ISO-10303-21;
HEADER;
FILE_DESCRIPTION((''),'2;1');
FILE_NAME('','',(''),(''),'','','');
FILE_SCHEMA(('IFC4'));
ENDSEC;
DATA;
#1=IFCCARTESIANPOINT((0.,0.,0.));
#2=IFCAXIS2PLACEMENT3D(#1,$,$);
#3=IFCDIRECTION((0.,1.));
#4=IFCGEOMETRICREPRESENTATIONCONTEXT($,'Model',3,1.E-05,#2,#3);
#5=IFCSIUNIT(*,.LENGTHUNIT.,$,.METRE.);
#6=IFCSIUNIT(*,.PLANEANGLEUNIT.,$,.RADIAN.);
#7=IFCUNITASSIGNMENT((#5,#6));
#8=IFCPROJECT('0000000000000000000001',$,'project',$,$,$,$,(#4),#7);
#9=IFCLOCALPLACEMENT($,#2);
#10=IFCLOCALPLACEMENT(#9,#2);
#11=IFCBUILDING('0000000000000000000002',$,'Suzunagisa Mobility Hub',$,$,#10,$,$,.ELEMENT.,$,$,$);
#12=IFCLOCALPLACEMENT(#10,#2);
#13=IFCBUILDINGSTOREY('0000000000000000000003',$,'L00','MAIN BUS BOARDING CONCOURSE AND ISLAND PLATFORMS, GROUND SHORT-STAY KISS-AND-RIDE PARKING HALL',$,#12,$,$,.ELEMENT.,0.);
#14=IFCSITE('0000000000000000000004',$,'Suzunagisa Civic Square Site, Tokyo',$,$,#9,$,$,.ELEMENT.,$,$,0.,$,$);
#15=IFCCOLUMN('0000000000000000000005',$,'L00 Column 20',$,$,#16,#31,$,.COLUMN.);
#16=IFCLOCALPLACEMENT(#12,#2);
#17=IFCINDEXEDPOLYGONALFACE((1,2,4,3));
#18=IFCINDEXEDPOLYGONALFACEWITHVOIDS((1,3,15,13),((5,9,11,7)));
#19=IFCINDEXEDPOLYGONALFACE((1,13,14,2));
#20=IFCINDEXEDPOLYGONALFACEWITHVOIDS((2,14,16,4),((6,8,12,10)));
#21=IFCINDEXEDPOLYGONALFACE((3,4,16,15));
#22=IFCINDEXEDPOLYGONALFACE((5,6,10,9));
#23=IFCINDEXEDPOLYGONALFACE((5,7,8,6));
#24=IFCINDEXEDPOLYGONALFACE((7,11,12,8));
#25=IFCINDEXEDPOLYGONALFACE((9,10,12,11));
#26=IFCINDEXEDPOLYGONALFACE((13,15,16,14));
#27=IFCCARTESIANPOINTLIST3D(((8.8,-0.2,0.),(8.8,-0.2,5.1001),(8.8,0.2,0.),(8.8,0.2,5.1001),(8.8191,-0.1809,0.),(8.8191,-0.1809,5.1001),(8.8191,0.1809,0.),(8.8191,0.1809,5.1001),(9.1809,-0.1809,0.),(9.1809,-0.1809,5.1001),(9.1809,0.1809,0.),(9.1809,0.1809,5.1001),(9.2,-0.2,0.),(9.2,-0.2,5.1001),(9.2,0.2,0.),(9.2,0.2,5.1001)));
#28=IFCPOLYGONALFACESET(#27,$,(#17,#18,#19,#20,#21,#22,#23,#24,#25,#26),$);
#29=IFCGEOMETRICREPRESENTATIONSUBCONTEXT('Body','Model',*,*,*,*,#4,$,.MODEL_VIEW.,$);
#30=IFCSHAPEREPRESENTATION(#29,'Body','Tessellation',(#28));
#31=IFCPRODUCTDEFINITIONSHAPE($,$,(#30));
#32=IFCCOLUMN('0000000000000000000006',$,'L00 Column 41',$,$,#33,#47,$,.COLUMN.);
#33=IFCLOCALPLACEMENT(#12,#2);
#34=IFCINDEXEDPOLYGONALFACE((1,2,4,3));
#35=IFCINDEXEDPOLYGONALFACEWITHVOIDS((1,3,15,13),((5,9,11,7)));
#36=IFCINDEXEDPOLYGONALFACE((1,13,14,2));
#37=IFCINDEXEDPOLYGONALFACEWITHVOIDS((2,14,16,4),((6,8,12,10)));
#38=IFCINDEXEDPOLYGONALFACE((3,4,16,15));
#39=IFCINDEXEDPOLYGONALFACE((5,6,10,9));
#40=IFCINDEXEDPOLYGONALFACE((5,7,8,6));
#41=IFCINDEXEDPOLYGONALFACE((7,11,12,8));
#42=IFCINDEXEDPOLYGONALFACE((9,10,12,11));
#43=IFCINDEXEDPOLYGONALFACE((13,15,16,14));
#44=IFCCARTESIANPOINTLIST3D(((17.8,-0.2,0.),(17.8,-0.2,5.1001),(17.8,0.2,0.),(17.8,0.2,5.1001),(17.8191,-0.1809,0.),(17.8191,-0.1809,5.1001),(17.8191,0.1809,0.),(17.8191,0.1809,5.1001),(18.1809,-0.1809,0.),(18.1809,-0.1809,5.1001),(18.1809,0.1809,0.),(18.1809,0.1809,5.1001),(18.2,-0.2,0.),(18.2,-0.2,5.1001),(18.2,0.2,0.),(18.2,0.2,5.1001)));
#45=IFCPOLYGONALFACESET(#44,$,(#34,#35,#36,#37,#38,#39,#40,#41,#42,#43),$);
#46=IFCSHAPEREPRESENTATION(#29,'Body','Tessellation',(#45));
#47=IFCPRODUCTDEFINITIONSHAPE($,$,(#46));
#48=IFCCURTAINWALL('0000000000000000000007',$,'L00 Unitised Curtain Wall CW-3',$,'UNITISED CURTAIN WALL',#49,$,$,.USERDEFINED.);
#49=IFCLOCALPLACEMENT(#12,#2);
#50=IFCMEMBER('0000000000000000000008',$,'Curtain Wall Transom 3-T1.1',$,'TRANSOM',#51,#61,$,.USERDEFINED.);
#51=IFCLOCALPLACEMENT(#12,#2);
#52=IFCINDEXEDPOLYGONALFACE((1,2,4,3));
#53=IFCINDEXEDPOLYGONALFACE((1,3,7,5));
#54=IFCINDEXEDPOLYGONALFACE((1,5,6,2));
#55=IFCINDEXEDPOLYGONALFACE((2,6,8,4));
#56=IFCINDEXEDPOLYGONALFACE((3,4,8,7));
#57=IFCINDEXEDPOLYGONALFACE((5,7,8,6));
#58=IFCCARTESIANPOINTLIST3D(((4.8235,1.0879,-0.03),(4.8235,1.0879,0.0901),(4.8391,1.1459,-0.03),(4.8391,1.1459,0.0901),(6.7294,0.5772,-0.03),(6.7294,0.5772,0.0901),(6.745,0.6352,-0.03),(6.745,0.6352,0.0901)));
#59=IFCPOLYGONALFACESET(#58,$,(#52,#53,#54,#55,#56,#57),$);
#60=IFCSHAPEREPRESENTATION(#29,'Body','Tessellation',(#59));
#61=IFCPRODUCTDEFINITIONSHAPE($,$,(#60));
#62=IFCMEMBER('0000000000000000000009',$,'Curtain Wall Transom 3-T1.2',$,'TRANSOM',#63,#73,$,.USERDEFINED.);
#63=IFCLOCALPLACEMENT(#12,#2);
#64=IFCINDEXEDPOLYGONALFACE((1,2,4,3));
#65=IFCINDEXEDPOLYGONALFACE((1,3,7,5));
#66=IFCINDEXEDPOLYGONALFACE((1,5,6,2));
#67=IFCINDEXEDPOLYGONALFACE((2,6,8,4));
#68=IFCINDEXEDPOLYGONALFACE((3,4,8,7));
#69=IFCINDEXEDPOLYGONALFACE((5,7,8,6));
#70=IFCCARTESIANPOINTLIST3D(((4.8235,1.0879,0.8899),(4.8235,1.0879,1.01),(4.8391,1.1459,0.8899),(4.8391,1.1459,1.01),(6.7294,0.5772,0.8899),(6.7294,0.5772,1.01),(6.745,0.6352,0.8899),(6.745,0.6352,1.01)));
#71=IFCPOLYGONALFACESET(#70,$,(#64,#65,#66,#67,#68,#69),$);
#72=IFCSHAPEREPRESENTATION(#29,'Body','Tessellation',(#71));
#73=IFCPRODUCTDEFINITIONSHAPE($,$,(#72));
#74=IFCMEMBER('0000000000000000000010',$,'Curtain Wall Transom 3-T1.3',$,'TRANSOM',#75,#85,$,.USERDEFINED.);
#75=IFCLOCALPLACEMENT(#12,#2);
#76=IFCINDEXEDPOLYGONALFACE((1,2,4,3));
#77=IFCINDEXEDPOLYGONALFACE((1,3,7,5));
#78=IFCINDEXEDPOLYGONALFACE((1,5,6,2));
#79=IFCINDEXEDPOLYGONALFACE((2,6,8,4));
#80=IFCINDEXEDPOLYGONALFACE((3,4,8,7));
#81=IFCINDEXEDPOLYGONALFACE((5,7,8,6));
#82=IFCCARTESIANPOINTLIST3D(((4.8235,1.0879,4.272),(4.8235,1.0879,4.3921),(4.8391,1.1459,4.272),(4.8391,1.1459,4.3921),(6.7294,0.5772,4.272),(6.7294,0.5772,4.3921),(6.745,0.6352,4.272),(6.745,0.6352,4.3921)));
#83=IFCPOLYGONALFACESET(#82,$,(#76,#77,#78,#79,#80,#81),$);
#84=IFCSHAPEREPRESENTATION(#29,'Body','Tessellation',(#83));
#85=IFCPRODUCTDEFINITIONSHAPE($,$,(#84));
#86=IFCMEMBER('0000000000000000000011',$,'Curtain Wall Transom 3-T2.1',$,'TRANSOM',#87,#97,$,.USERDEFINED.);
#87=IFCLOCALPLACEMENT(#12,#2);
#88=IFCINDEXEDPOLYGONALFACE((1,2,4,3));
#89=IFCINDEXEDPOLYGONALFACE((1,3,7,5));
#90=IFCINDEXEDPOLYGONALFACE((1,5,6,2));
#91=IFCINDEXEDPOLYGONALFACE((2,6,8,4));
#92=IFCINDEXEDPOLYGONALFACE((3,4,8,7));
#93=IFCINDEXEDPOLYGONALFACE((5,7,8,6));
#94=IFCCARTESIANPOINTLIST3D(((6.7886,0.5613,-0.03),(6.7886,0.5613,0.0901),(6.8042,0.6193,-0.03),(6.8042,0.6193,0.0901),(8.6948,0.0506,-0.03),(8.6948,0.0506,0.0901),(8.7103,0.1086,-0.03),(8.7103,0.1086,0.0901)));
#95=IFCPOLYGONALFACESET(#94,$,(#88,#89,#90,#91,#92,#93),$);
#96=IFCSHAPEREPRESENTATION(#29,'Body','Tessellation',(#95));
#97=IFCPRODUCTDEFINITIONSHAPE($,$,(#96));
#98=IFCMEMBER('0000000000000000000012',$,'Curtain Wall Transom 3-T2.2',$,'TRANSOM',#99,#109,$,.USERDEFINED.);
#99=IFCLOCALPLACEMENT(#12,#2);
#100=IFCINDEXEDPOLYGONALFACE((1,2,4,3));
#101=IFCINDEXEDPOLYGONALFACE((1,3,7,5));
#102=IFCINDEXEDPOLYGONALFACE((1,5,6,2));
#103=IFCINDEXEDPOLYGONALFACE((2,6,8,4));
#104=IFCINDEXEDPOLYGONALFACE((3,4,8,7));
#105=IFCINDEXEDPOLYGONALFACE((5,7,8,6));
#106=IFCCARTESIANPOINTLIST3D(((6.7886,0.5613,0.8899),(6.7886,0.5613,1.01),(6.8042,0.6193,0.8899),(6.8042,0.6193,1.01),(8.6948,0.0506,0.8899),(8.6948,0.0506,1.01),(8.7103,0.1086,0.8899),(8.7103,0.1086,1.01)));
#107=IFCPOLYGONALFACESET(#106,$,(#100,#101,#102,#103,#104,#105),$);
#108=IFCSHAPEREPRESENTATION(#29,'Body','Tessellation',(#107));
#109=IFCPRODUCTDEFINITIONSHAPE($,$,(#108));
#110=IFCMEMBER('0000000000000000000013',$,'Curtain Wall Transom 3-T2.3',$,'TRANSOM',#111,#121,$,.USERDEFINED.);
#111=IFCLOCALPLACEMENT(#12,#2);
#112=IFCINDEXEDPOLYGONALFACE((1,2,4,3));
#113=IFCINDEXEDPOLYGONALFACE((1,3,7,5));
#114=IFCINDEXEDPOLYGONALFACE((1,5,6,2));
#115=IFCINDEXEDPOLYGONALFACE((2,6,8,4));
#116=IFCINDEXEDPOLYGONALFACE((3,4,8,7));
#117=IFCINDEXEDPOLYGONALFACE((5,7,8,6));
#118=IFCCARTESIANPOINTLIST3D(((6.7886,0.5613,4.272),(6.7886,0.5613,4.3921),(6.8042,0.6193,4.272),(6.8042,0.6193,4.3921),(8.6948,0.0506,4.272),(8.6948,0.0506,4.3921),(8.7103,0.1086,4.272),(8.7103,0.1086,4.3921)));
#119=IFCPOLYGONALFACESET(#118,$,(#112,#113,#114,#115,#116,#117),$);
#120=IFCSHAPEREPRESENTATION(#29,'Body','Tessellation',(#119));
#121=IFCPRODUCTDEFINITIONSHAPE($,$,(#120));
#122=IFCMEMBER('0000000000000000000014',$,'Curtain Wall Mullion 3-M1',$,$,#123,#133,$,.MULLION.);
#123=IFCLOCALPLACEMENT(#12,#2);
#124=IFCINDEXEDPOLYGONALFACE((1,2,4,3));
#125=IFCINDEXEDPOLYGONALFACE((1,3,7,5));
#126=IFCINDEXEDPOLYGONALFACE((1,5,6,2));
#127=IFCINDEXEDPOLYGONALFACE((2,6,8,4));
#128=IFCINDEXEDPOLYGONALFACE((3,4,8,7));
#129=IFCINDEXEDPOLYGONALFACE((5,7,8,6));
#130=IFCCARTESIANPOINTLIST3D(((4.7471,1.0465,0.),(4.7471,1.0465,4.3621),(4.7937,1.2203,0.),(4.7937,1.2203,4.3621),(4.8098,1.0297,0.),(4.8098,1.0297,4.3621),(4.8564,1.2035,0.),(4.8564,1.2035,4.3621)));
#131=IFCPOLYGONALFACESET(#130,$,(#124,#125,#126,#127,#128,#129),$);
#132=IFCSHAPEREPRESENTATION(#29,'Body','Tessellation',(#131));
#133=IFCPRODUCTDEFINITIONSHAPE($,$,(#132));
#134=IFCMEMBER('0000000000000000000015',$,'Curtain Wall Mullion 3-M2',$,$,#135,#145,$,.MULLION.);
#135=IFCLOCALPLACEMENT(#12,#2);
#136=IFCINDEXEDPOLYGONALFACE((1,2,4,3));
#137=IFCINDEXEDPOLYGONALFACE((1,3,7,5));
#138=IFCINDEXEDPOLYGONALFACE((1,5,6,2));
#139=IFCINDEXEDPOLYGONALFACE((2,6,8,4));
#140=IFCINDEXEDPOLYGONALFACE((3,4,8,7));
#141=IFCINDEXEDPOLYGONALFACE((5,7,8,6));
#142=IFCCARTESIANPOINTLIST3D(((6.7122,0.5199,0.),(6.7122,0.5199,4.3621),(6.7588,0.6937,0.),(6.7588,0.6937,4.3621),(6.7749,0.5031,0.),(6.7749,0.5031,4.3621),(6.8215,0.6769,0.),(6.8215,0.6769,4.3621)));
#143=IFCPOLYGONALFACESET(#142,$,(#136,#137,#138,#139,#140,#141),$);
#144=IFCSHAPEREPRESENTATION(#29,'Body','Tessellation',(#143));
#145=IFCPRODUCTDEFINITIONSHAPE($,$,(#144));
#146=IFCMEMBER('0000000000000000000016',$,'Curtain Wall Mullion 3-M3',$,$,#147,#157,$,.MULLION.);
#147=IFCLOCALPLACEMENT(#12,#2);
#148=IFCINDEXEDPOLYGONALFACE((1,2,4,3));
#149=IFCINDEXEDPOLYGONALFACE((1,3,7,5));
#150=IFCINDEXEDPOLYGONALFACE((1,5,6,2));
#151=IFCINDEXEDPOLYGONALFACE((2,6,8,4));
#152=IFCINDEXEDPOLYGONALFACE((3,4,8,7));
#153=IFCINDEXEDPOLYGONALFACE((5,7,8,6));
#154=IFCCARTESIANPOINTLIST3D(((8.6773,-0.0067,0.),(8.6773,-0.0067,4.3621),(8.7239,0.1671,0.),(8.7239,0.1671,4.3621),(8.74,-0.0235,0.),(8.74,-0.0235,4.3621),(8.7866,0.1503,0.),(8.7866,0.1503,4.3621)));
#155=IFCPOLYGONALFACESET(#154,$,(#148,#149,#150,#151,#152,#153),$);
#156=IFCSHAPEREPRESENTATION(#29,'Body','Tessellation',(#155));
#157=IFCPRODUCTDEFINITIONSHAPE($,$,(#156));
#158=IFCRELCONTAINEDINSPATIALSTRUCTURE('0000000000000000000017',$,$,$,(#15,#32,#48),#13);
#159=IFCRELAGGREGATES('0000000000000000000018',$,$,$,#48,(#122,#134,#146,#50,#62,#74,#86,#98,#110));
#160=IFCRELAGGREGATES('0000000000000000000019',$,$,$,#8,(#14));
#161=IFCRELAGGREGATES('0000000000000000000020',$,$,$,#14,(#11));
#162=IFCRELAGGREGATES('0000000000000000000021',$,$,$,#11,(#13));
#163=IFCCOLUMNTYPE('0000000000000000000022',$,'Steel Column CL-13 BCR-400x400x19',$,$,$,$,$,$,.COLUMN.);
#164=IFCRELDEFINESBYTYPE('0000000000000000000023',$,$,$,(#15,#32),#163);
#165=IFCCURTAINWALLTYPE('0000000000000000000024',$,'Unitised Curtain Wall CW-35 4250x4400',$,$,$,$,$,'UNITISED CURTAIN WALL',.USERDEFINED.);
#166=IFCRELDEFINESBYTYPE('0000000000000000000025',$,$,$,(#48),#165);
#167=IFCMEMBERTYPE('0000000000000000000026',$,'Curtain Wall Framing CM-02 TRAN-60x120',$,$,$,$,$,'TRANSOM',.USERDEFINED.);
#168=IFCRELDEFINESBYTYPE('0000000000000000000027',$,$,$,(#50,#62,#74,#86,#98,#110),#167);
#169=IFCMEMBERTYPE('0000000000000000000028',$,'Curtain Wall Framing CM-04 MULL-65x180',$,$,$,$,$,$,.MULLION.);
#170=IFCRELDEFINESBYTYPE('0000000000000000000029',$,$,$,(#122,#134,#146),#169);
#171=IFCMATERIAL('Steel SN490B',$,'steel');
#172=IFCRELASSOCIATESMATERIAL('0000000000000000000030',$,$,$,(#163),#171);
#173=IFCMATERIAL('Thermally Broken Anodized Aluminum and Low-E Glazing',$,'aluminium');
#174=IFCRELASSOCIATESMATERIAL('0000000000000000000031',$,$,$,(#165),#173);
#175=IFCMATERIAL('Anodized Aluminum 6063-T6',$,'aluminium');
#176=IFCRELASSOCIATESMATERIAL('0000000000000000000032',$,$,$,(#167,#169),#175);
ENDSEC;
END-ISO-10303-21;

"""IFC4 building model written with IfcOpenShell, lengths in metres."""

from ifc_helpers import new_model, si_unit, direction, frame, origin, origin_2d, place, context, subcontext, project, spatial, rectangle, hollow_rectangle, extrude, material, material_profile, profile_set, type_object, element, aggregate, save


model = new_model("IFC4")

# Units and contexts
model_context = context("Model", 3, precision=1e-05, world=origin(), true_north=direction((0.0, 1.0)))
body_context = subcontext(model_context, "Body", "Model", "MODEL_VIEW")
ifc_project = project(units=[si_unit("LENGTHUNIT", "METRE"), si_unit("PLANEANGLEUNIT", "RADIAN")], contexts=[model_context])

# Site, building, storey
site_placement = place(None, origin())
site = spatial("IfcSite", under=ifc_project, at=site_placement, Name="Suzunagisa Civic Square Site, Tokyo", CompositionType="ELEMENT", RefElevation=0.0)
building_placement = place(site_placement, origin())
building = spatial("IfcBuilding", under=site, at=building_placement, Name="Suzunagisa Mobility Hub", CompositionType="ELEMENT")
storey_placement = place(building_placement, origin())
storey = spatial("IfcBuildingStorey", under=building, at=storey_placement, Name="L00", Description="MAIN BUS BOARDING CONCOURSE AND ISLAND PLATFORMS, GROUND SHORT-STAY KISS-AND-RIDE PARKING HALL", CompositionType="ELEMENT", Elevation=0.0)

# Columns
ifc_material_1 = material(Name="Steel SN490B", Category="steel")
ifc_material_profile_1 = material_profile(ifc_material_1, hollow_rectangle(XDim=0.3999, YDim=0.3999, WallThickness=0.019, at=origin_2d()), Name="BCR-400x400x19")
ifc_profile_set_1 = profile_set([ifc_material_profile_1], Name="Steel SN490B")
column_type = type_object("IfcColumnType", Name="Steel Column CL-13 BCR-400x400x19", PredefinedType="COLUMN", material=ifc_profile_set_1)
for number, where, z_axis, x_axis, name in (
    (1, (9.0, 0.0, 0.0), (0.0, 0.0, 1.0), (1.0, 0.0, 0.0), "L00 Column 20"),
    (2, (18.0, 0.0, 0.0), (0.0, 0.0, 1.0), (1.0, 0.0, 0.0), "L00 Column 41"),
):
    element("IfcColumn", number, at=place(storey_placement, frame(where, z_axis=z_axis, x_axis=x_axis)), inside=storey, type_object=column_type, Name=name, PredefinedType="COLUMN", context=body_context, shape_type="SweptSolid", body=[
        extrude(hollow_rectangle(XDim=0.3999, YDim=0.3999, WallThickness=0.019, at=origin_2d()), origin(), (0.0, 0.0, 1.0), 5.1001),
    ])

# Curtain wall, members
ifc_material_2 = material(Name="Thermally Broken Anodized Aluminum and Low-E Glazing", Category="aluminium")
curtain_wall_type = type_object("IfcCurtainWallType", Name="Unitised Curtain Wall CW-35 4250x4400", ElementType="UNITISED CURTAIN WALL", PredefinedType="USERDEFINED", material=ifc_material_2)
curtain_wall_placement = place(storey_placement, origin())
curtain_wall = element("IfcCurtainWall", 3, at=curtain_wall_placement, inside=storey, type_object=curtain_wall_type, Name="L00 Unitised Curtain Wall CW-3", ObjectType="UNITISED CURTAIN WALL", PredefinedType="USERDEFINED")
ifc_material_3 = material(Name="Anodized Aluminum 6063-T6", Category="aluminium")
ifc_material_profile_2 = material_profile(ifc_material_3, rectangle(XDim=0.0601, YDim=0.1201, at=origin_2d()), Name="TRAN-60x120")
ifc_profile_set_2 = profile_set([ifc_material_profile_2], Name="Anodized Aluminum 6063-T6")
member_type_1 = type_object("IfcMemberType", Name="Curtain Wall Framing CM-02 TRAN-60x120", ElementType="TRANSOM", PredefinedType="USERDEFINED", material=ifc_profile_set_2)
member_1_placement = place(storey_placement, frame((4.8313, 1.1169, 0.03), z_axis=(0.965922, -0.258833, 0.0), x_axis=(0.258833, 0.965922, 0.0)))
member_1 = element("IfcMember", 4, at=member_1_placement, type_object=member_type_1, Name="Curtain Wall Transom 3-T1.1", ObjectType="TRANSOM", PredefinedType="USERDEFINED", context=body_context, shape_type="SweptSolid", body=[
    extrude(rectangle(XDim=0.0601, YDim=0.1201, at=origin_2d()), origin(), (0.0, 0.0, 1.0), 1.9731),
])
member_2_placement = place(storey_placement, frame((4.8313, 1.1169, 0.95), z_axis=(0.965922, -0.258833, 0.0), x_axis=(0.258833, 0.965922, 0.0)))
member_2 = element("IfcMember", 5, at=member_2_placement, type_object=member_type_1, Name="Curtain Wall Transom 3-T1.2", ObjectType="TRANSOM", PredefinedType="USERDEFINED", context=body_context, shape_type="SweptSolid", body=[
    extrude(rectangle(XDim=0.0601, YDim=0.1201, at=origin_2d()), origin(), (0.0, 0.0, 1.0), 1.9731),
])
member_3_placement = place(storey_placement, frame((4.8313, 1.1169, 4.332), z_axis=(0.965922, -0.258833, 0.0), x_axis=(0.258833, 0.965922, 0.0)))
member_3 = element("IfcMember", 6, at=member_3_placement, type_object=member_type_1, Name="Curtain Wall Transom 3-T1.3", ObjectType="TRANSOM", PredefinedType="USERDEFINED", context=body_context, shape_type="SweptSolid", body=[
    extrude(rectangle(XDim=0.0601, YDim=0.1201, at=origin_2d()), origin(), (0.0, 0.0, 1.0), 1.9731),
])
member_4_placement = place(storey_placement, frame((6.7964, 0.5903, 0.03), z_axis=(0.96593, -0.258802, 0.0), x_axis=(0.258802, 0.96593, 0.0)))
member_4 = element("IfcMember", 7, at=member_4_placement, type_object=member_type_1, Name="Curtain Wall Transom 3-T2.1", ObjectType="TRANSOM", PredefinedType="USERDEFINED", context=body_context, shape_type="SweptSolid", body=[
    extrude(rectangle(XDim=0.0601, YDim=0.1201, at=origin_2d()), origin(), (0.0, 0.0, 1.0), 1.9734),
])
member_5_placement = place(storey_placement, frame((6.7964, 0.5903, 0.95), z_axis=(0.96593, -0.258802, 0.0), x_axis=(0.258802, 0.96593, 0.0)))
member_5 = element("IfcMember", 8, at=member_5_placement, type_object=member_type_1, Name="Curtain Wall Transom 3-T2.2", ObjectType="TRANSOM", PredefinedType="USERDEFINED", context=body_context, shape_type="SweptSolid", body=[
    extrude(rectangle(XDim=0.0601, YDim=0.1201, at=origin_2d()), origin(), (0.0, 0.0, 1.0), 1.9734),
])
member_6_placement = place(storey_placement, frame((6.7964, 0.5903, 4.332), z_axis=(0.96593, -0.258802, 0.0), x_axis=(0.258802, 0.96593, 0.0)))
member_6 = element("IfcMember", 9, at=member_6_placement, type_object=member_type_1, Name="Curtain Wall Transom 3-T2.3", ObjectType="TRANSOM", PredefinedType="USERDEFINED", context=body_context, shape_type="SweptSolid", body=[
    extrude(rectangle(XDim=0.0601, YDim=0.1201, at=origin_2d()), origin(), (0.0, 0.0, 1.0), 1.9734),
])
ifc_material_profile_3 = material_profile(ifc_material_3, rectangle(XDim=0.0649, YDim=0.1799, at=origin_2d()), Name="MULL-65x180")
ifc_profile_set_3 = profile_set([ifc_material_profile_3], Name="Anodized Aluminum 6063-T6")
member_type_2 = type_object("IfcMemberType", Name="Curtain Wall Framing CM-04 MULL-65x180", PredefinedType="MULLION", material=ifc_profile_set_3)
member_7_placement = place(storey_placement, frame((4.8018, 1.125, 0.0), z_axis=(0.0, 0.0, 1.0), x_axis=(0.965927, -0.258814, 0.0)))
member_7 = element("IfcMember", 10, at=member_7_placement, type_object=member_type_2, Name="Curtain Wall Mullion 3-M1", PredefinedType="MULLION", context=body_context, shape_type="SweptSolid", body=[
    extrude(rectangle(XDim=0.0649, YDim=0.1799, at=origin_2d()), origin(), (0.0, 0.0, 1.0), 4.3621),
])
member_8_placement = place(storey_placement, frame((6.7668, 0.5984, 0.0), z_axis=(0.0, 0.0, 1.0), x_axis=(0.965927, -0.258814, 0.0)))
member_8 = element("IfcMember", 11, at=member_8_placement, type_object=member_type_2, Name="Curtain Wall Mullion 3-M2", PredefinedType="MULLION", context=body_context, shape_type="SweptSolid", body=[
    extrude(rectangle(XDim=0.0649, YDim=0.1799, at=origin_2d()), origin(), (0.0, 0.0, 1.0), 4.3621),
])
member_9_placement = place(storey_placement, frame((8.7319, 0.0718, 0.0), z_axis=(0.0, 0.0, 1.0), x_axis=(0.965927, -0.258814, 0.0)))
member_9 = element("IfcMember", 12, at=member_9_placement, type_object=member_type_2, Name="Curtain Wall Mullion 3-M3", PredefinedType="MULLION", context=body_context, shape_type="SweptSolid", body=[
    extrude(rectangle(XDim=0.0649, YDim=0.1799, at=origin_2d()), origin(), (0.0, 0.0, 1.0), 4.3621),
])

aggregate(curtain_wall, [member_7, member_8, member_9, member_1, member_2, member_3, member_4, member_5, member_6])

save(model, "model.ifc")
